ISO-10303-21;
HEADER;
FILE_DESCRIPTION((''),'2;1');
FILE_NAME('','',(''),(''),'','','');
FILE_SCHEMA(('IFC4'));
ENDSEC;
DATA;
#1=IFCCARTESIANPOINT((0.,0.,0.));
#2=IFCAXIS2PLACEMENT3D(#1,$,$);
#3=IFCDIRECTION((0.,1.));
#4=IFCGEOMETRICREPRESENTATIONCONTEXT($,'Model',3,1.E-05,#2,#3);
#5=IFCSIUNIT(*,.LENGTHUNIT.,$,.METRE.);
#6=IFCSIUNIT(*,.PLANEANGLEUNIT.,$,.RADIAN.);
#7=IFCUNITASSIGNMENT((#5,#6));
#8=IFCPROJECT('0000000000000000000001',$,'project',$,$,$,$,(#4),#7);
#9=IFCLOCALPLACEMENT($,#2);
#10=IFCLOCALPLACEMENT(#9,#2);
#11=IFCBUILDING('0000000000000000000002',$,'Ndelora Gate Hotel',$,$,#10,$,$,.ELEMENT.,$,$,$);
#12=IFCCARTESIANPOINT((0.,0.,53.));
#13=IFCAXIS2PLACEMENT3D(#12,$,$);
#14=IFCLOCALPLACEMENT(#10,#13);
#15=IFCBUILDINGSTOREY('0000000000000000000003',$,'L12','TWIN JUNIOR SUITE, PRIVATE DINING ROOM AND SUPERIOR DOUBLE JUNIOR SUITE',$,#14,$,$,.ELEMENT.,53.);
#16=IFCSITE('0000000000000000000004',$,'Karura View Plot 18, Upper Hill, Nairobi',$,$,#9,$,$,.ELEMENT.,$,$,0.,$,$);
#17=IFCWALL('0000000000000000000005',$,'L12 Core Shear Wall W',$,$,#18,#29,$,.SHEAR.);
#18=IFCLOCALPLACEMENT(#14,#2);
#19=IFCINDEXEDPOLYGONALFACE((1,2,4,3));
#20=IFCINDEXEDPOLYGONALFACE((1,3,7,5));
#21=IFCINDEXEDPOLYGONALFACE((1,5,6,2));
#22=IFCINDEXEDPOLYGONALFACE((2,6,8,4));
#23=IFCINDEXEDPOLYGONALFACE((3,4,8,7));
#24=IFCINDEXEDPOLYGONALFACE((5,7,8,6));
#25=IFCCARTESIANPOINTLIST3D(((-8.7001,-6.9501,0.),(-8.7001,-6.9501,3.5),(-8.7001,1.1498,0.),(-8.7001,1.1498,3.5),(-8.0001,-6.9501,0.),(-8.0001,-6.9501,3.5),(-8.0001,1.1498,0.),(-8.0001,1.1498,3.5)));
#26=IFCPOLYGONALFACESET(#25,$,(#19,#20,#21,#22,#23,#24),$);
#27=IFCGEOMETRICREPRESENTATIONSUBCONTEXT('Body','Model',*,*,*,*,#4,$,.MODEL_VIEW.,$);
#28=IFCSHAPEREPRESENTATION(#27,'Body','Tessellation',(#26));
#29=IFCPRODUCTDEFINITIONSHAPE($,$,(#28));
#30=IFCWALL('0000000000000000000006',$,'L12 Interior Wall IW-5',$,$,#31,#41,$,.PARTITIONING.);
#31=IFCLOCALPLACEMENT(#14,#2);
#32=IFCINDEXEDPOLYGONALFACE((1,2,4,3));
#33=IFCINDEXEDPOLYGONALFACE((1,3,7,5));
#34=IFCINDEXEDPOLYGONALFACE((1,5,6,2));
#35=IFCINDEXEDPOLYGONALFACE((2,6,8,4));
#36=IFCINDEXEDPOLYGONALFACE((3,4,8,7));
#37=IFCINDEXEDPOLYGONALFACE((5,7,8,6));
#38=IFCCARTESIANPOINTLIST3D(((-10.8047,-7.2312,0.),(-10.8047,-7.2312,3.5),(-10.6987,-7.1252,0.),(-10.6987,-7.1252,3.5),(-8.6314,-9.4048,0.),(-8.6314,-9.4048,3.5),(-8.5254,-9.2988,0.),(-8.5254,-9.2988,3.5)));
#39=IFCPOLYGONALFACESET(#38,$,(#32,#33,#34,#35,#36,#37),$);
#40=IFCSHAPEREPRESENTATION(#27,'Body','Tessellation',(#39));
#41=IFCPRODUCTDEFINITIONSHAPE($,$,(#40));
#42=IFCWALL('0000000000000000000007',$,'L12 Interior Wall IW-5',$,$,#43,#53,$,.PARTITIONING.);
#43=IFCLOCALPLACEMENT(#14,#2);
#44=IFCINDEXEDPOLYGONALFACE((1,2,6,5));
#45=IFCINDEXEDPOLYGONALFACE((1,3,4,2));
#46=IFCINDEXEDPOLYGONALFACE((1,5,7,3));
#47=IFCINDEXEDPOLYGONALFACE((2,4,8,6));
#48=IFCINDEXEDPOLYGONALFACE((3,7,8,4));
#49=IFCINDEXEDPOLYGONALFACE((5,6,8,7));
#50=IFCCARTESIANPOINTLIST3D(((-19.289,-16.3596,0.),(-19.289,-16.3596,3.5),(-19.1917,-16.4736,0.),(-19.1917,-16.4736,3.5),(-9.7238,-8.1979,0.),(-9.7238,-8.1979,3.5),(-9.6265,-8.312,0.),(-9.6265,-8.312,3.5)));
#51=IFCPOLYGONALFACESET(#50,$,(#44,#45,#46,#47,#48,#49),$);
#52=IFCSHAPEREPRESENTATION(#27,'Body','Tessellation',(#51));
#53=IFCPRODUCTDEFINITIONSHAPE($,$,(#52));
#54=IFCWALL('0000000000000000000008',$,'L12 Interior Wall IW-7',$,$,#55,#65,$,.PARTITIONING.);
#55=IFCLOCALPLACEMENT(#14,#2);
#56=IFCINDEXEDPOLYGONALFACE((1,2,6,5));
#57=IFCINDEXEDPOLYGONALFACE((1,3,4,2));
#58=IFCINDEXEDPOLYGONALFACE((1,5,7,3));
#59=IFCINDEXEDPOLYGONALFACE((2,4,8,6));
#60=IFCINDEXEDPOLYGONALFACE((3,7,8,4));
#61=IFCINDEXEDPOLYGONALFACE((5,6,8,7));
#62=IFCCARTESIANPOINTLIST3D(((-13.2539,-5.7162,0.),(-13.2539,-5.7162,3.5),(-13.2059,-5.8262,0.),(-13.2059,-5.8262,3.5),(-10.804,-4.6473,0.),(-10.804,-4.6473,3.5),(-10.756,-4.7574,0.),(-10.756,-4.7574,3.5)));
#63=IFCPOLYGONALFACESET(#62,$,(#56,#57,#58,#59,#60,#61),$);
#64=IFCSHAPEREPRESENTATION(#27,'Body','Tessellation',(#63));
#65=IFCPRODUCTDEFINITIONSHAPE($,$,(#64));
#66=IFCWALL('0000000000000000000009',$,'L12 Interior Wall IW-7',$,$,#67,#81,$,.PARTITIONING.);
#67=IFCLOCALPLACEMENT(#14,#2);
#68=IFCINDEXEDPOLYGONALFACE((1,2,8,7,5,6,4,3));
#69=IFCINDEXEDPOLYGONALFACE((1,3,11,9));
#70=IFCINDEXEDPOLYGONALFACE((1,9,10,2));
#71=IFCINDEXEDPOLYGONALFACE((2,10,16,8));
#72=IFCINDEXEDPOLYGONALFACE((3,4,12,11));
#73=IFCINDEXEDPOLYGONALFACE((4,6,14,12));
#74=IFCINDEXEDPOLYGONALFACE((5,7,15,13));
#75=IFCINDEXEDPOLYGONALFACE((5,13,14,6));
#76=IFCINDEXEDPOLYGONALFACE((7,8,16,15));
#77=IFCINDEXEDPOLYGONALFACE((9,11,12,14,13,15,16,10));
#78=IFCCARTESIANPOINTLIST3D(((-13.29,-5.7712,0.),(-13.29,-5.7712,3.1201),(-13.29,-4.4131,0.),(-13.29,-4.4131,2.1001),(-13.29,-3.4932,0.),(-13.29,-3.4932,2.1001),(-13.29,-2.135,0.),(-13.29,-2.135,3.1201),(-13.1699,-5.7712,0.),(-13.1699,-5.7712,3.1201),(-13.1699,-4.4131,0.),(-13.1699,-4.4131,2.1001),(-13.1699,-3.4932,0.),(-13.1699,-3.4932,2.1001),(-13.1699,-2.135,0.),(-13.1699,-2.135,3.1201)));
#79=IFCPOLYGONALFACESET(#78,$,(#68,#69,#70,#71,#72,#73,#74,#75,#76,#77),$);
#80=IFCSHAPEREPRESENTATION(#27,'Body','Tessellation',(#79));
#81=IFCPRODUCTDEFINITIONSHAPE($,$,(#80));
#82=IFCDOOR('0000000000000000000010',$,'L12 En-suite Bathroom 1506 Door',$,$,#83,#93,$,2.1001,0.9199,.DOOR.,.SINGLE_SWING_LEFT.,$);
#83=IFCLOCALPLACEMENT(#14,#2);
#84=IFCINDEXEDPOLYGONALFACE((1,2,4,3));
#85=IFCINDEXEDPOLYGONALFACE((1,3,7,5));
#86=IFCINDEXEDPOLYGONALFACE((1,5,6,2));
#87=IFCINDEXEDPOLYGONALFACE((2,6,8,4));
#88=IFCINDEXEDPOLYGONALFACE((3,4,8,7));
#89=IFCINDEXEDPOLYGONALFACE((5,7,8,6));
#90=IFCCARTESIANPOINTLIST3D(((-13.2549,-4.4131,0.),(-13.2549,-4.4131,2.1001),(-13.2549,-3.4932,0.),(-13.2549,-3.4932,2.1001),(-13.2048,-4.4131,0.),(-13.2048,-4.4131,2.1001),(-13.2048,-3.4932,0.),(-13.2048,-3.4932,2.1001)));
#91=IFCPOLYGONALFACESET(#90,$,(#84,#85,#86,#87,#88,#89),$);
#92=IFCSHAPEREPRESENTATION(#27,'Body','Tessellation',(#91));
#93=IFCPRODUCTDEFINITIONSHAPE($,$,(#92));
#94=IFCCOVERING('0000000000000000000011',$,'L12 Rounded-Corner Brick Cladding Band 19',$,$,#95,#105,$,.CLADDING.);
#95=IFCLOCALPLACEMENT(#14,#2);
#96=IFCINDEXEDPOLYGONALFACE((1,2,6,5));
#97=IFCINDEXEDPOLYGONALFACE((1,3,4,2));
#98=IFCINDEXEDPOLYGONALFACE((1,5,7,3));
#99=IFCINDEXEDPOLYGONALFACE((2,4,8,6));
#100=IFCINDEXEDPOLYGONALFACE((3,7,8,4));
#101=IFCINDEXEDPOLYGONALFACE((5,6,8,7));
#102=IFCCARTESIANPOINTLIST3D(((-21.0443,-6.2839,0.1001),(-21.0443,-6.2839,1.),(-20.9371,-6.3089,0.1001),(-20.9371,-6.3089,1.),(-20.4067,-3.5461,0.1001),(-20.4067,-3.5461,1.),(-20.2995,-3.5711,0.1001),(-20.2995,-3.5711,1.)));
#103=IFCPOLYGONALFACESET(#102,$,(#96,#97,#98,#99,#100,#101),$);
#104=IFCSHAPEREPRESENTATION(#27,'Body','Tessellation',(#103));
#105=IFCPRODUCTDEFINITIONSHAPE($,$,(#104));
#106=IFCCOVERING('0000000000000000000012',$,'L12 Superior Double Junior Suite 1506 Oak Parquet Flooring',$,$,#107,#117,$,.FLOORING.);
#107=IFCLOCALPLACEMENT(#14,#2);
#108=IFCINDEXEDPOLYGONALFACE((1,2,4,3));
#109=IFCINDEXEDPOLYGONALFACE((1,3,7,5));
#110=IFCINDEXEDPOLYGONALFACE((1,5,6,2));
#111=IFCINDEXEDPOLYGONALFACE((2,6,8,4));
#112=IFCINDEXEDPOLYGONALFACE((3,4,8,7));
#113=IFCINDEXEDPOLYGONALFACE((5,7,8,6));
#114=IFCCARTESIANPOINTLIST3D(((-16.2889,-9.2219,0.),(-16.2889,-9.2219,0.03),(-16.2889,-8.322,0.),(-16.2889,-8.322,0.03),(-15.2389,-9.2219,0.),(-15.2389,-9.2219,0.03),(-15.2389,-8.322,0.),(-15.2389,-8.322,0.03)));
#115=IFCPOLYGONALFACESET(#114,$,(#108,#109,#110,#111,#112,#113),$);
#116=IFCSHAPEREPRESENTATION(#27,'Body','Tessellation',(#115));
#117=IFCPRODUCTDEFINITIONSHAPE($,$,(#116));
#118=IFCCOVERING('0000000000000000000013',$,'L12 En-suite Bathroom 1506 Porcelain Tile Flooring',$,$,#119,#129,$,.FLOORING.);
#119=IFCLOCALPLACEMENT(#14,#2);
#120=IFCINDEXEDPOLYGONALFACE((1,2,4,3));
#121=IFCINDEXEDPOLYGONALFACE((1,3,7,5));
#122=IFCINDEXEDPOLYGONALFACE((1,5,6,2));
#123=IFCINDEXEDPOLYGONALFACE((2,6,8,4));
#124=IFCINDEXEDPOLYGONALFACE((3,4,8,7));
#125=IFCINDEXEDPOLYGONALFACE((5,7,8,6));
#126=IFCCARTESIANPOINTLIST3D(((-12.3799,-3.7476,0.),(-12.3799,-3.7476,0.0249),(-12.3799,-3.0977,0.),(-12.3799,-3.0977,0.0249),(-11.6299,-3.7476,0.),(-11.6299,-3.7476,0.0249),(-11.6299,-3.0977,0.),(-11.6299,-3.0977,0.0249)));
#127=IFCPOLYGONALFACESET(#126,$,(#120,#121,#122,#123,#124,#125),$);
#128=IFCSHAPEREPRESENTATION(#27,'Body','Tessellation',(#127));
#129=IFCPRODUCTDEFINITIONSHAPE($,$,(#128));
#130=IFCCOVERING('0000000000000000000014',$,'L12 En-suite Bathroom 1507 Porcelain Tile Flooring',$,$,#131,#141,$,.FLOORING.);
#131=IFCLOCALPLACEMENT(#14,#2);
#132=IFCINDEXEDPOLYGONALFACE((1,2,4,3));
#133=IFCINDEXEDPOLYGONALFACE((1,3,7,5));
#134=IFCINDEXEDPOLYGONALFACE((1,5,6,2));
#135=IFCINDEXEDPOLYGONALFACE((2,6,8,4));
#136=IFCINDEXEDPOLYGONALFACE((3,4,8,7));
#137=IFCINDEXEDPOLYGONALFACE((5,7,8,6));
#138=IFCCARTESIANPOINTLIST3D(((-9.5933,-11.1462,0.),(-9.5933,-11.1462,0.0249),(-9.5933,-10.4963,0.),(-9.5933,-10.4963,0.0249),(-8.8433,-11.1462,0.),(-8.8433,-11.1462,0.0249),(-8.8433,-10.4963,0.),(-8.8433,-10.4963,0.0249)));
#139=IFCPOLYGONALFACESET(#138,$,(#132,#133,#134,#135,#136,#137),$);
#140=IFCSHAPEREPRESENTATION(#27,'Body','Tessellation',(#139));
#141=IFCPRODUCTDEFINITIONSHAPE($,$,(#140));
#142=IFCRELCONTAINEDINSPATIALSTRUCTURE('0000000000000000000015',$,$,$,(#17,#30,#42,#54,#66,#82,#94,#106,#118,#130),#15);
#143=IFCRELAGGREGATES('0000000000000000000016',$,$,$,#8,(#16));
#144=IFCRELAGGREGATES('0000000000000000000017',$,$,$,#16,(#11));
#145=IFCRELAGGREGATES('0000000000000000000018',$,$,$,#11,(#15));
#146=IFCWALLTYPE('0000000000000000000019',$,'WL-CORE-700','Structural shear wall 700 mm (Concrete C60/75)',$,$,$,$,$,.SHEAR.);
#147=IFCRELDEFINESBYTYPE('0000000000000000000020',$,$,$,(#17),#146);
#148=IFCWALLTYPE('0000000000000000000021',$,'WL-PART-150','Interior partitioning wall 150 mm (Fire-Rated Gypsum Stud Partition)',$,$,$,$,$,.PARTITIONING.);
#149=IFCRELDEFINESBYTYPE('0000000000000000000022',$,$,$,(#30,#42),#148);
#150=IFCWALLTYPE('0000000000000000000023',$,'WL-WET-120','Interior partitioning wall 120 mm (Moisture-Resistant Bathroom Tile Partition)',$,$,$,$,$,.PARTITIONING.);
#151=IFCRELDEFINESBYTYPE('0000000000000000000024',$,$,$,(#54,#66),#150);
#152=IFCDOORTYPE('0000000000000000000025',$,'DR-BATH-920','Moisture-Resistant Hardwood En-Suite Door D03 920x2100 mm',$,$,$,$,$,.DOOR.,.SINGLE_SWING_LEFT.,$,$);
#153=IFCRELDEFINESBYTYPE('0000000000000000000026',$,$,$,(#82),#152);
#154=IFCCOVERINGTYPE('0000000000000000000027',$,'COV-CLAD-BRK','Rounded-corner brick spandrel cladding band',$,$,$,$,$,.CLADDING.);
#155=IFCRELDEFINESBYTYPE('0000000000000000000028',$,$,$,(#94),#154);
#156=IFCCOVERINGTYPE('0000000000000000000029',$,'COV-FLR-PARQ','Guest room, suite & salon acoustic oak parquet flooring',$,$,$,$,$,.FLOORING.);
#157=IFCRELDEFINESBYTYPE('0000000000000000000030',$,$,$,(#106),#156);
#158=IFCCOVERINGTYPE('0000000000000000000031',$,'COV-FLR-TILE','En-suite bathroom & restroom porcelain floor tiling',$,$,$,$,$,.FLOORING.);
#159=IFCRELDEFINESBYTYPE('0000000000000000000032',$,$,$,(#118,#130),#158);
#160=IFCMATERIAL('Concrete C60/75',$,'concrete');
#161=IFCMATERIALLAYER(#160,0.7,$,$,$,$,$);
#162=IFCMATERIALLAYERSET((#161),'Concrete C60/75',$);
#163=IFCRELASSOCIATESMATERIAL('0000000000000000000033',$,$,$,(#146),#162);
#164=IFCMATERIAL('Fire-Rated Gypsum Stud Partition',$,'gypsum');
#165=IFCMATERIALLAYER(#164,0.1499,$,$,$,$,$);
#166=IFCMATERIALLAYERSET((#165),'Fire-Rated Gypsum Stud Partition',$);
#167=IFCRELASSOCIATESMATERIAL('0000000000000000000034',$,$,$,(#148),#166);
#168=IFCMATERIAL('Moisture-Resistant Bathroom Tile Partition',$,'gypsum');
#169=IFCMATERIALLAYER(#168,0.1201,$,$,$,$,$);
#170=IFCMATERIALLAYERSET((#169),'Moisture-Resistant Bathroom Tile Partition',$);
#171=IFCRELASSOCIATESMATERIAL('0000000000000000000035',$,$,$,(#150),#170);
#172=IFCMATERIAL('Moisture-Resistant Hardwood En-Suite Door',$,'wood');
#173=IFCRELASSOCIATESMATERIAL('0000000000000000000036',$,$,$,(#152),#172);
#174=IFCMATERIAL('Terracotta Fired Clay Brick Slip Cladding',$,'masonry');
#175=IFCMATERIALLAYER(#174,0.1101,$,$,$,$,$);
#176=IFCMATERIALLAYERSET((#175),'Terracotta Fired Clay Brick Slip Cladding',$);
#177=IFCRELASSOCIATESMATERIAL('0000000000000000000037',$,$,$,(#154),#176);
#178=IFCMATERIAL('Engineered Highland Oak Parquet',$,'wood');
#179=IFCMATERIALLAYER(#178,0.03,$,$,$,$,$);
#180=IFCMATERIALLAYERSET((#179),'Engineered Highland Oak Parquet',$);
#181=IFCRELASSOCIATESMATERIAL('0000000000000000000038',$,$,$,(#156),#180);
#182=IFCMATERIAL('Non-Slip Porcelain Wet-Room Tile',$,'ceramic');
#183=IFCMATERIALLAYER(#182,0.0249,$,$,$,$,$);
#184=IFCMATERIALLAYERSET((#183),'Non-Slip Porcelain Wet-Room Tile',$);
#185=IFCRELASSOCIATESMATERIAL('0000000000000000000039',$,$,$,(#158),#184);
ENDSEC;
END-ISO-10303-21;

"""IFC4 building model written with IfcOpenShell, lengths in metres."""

from ifc_helpers import new_model, si_unit, direction, frame, frame_2d, origin, origin_2d, place, context, subcontext, project, spatial, rectangle, extrude, material, layer, layer_set, type_object, element, fill, save


model = new_model("IFC4")

# Units and contexts
model_context = context("Model", 3, precision=1e-05, world=origin(), true_north=direction((0.0, 1.0)))
body_context = subcontext(model_context, "Body", "Model", "MODEL_VIEW")
ifc_project = project(units=[si_unit("LENGTHUNIT", "METRE"), si_unit("PLANEANGLEUNIT", "RADIAN")], contexts=[model_context])

# Site, building, storey
site_placement = place(None, origin())
site = spatial("IfcSite", under=ifc_project, at=site_placement, Name="Karura View Plot 18, Upper Hill, Nairobi", CompositionType="ELEMENT", RefElevation=0.0)
building_placement = place(site_placement, origin())
building = spatial("IfcBuilding", under=site, at=building_placement, Name="Ndelora Gate Hotel", CompositionType="ELEMENT")
storey_placement = place(building_placement, frame((0.0, 0.0, 53.0)))
storey = spatial("IfcBuildingStorey", under=building, at=storey_placement, Name="L12", Description="TWIN JUNIOR SUITE, PRIVATE DINING ROOM AND SUPERIOR DOUBLE JUNIOR SUITE", CompositionType="ELEMENT", Elevation=53.0)

# Shared definitions
ifc_material_1 = material(Name="Concrete C60/75", Category="concrete")

# Wall
ifc_layer_1 = layer(ifc_material_1, 0.7)
ifc_layer_set_1 = layer_set([ifc_layer_1], Name="Concrete C60/75")
wall_type_1 = type_object("IfcWallType", Name="WL-CORE-700", Description="Structural shear wall 700 mm (Concrete C60/75)", PredefinedType="SHEAR", material=ifc_layer_set_1)
wall_1_placement = place(storey_placement, frame((-8.3501, -6.95, 0.0), z_axis=(0.0, 0.0, 1.0), x_axis=(0.0, 1.0, 0.0)))
element("IfcWall", 1, at=wall_1_placement, inside=storey, type_object=wall_type_1, Name="L12 Core Shear Wall W", PredefinedType="SHEAR", context=body_context, shape_type="SweptSolid", body=[
    extrude(rectangle(XDim=8.0999, YDim=0.7, at=frame_2d((4.0498, 0.0))), origin(), (0.0, 0.0, 1.0), 3.5),
])

# Shared definitions
ifc_material_2 = material(Name="Fire-Rated Gypsum Stud Partition", Category="gypsum")
ifc_layer_2 = layer(ifc_material_2, 0.1499)
ifc_layer_set_2 = layer_set([ifc_layer_2], Name="Fire-Rated Gypsum Stud Partition")
wall_type_2 = type_object("IfcWallType", Name="WL-PART-150", Description="Interior partitioning wall 150 mm (Fire-Rated Gypsum Stud Partition)", PredefinedType="PARTITIONING", material=ifc_layer_set_2)

# Walls
wall_2_placement = place(storey_placement, frame((-8.5784, -9.3518, 0.0), z_axis=(0.0, 0.0, 1.0), x_axis=(-0.707067, 0.707146, 0.0)))
element("IfcWall", 2, at=wall_2_placement, inside=storey, type_object=wall_type_2, Name="L12 Interior Wall IW-5", PredefinedType="PARTITIONING", context=body_context, shape_type="SweptSolid", body=[
    extrude(rectangle(XDim=3.0737, YDim=0.1499, at=frame_2d((1.5369, 0.0))), origin(), (0.0, 0.0, 1.0), 3.5),
])
wall_3_placement = place(storey_placement, frame((-9.675, -8.2549, 0.0), z_axis=(0.0, 0.0, 1.0), x_axis=(-0.760713, -0.649088, 0.0)))
element("IfcWall", 3, at=wall_3_placement, inside=storey, type_object=wall_type_2, Name="L12 Interior Wall IW-5", PredefinedType="PARTITIONING", context=body_context, shape_type="SweptSolid", body=[
    extrude(rectangle(XDim=12.574, YDim=0.1499, at=frame_2d((6.2871, 0.0))), origin(), (0.0, 0.0, 1.0), 3.5),
])
ifc_material_3 = material(Name="Moisture-Resistant Bathroom Tile Partition", Category="gypsum")
ifc_layer_3 = layer(ifc_material_3, 0.1201)
ifc_layer_set_3 = layer_set([ifc_layer_3], Name="Moisture-Resistant Bathroom Tile Partition")
wall_type_3 = type_object("IfcWallType", Name="WL-WET-120", Description="Interior partitioning wall 120 mm (Moisture-Resistant Bathroom Tile Partition)", PredefinedType="PARTITIONING", material=ifc_layer_set_3)
wall_4_placement = place(storey_placement, frame((-10.78, -4.7024, 0.0), z_axis=(0.0, 0.0, 1.0), x_axis=(-0.91657, -0.399875, 0.0)))
element("IfcWall", 4, at=wall_4_placement, inside=storey, type_object=wall_type_3, Name="L12 Interior Wall IW-7", PredefinedType="PARTITIONING", context=body_context, shape_type="SweptSolid", body=[
    extrude(rectangle(XDim=2.6729, YDim=0.1201, at=frame_2d((1.3364, 0.0))), origin(), (0.0, 0.0, 1.0), 3.5),
])

# Wall, opening, door
wall_5_placement = place(storey_placement, frame((-13.23, -5.7712, 0.0), z_axis=(0.0, 0.0, 1.0), x_axis=(0.0, 1.0, 0.0)))
wall_5 = element("IfcWall", 5, at=wall_5_placement, inside=storey, type_object=wall_type_3, Name="L12 Interior Wall IW-7", PredefinedType="PARTITIONING", context=body_context, shape_type="SweptSolid", body=[
    extrude(rectangle(XDim=3.6362, YDim=0.1201, at=frame_2d((1.8181, 0.0))), origin(), (0.0, 0.0, 1.0), 3.1201),
])
opening_1_placement = place(wall_5_placement, frame((1.3582, 0.0, 0.0)))
opening_1 = element("IfcOpeningElement", 6, at=opening_1_placement, cuts=wall_5, PredefinedType="OPENING", context=body_context, shape_type="SweptSolid", body=[
    extrude(rectangle(XDim=0.9199, YDim=2.1001, at=frame_2d((0.46, 1.05))), frame((0.0, 0.0701, 0.0), z_axis=(0.0, -1.0, 0.0), x_axis=(1.0, 0.0, 0.0)), (0.0, 0.0, 1.0), 0.1401),
])
ifc_material_4 = material(Name="Moisture-Resistant Hardwood En-Suite Door", Category="wood")
door_type_1 = type_object("IfcDoorType", Name="DR-BATH-920", Description="Moisture-Resistant Hardwood En-Suite Door D03 920x2100 mm", OperationType="SINGLE_SWING_LEFT", PredefinedType="DOOR", material=ifc_material_4)
door_1_placement = place(opening_1_placement, origin())
door_1 = element("IfcDoor", 7, at=door_1_placement, inside=storey, type_object=door_type_1, Name="L12 En-suite Bathroom 1506 Door", OperationType="SINGLE_SWING_LEFT", OverallHeight=2.1001, OverallWidth=0.9199, PredefinedType="DOOR", context=body_context, shape_type="SweptSolid", body=[
    extrude(rectangle(XDim=0.9199, YDim=2.1001, at=frame_2d((0.46, 1.05))), frame((0.0, 0.0249, 0.0), z_axis=(0.0, -1.0, 0.0), x_axis=(1.0, 0.0, 0.0)), (0.0, 0.0, 1.0), 0.05),
])
fill(opening_1, door_1)

# Coverings
ifc_material_5 = material(Name="Terracotta Fired Clay Brick Slip Cladding", Category="masonry")
ifc_layer_4 = layer(ifc_material_5, 0.1101)
ifc_layer_set_4 = layer_set([ifc_layer_4], Name="Terracotta Fired Clay Brick Slip Cladding")
covering_type_1 = type_object("IfcCoveringType", Name="COV-CLAD-BRK", Description="Rounded-corner brick spandrel cladding band", PredefinedType="CLADDING", material=ifc_layer_set_4)
covering_1_placement = place(storey_placement, frame((-20.6719, -4.9275, 0.1001), z_axis=(0.0, 0.0, 1.0), x_axis=(0.226821, 0.973936, 0.0)))
element("IfcCovering", 8, at=covering_1_placement, inside=storey, type_object=covering_type_1, Name="L12 Rounded-Corner Brick Cladding Band 19", PredefinedType="CLADDING", context=body_context, shape_type="SweptSolid", body=[
    extrude(rectangle(XDim=2.811, YDim=0.1101, at=origin_2d()), origin(), (0.0, 0.0, 1.0), 0.8999),
])
ifc_material_6 = material(Name="Engineered Highland Oak Parquet", Category="wood")
ifc_layer_5 = layer(ifc_material_6, 0.03)
ifc_layer_set_5 = layer_set([ifc_layer_5], Name="Engineered Highland Oak Parquet")
covering_type_2 = type_object("IfcCoveringType", Name="COV-FLR-PARQ", Description="Guest room, suite & salon acoustic oak parquet flooring", PredefinedType="FLOORING", material=ifc_layer_set_5)
covering_2_placement = place(storey_placement, frame((-15.7639, -8.772, 0.0), z_axis=(0.0, 0.0, 1.0), x_axis=(1.0, 0.0, 0.0)))
element("IfcCovering", 9, at=covering_2_placement, inside=storey, type_object=covering_type_2, Name="L12 Superior Double Junior Suite 1506 Oak Parquet Flooring", PredefinedType="FLOORING", context=body_context, shape_type="SweptSolid", body=[
    extrude(rectangle(XDim=1.05, YDim=0.8999, at=origin_2d()), origin(), (0.0, 0.0, 1.0), 0.03),
])
ifc_material_7 = material(Name="Non-Slip Porcelain Wet-Room Tile", Category="ceramic")
ifc_layer_6 = layer(ifc_material_7, 0.0249)
ifc_layer_set_6 = layer_set([ifc_layer_6], Name="Non-Slip Porcelain Wet-Room Tile")
covering_type_3 = type_object("IfcCoveringType", Name="COV-FLR-TILE", Description="En-suite bathroom & restroom porcelain floor tiling", PredefinedType="FLOORING", material=ifc_layer_set_6)
for number, where, z_axis, x_axis, name in (
    (10, (-12.0049, -3.4226, 0.0), (0.0, 0.0, 1.0), (1.0, 0.0, 0.0), "L12 En-suite Bathroom 1506 Porcelain Tile Flooring"),
    (11, (-9.2183, -10.8213, 0.0), (0.0, 0.0, 1.0), (1.0, 0.0, 0.0), "L12 En-suite Bathroom 1507 Porcelain Tile Flooring"),
):
    element("IfcCovering", number, at=place(storey_placement, frame(where, z_axis=z_axis, x_axis=x_axis)), inside=storey, type_object=covering_type_3, Name=name, PredefinedType="FLOORING", context=body_context, shape_type="SweptSolid", body=[
        extrude(rectangle(XDim=0.75, YDim=0.6499, at=origin_2d()), origin(), (0.0, 0.0, 1.0), 0.0249),
    ])

save(model, "model.ifc")
